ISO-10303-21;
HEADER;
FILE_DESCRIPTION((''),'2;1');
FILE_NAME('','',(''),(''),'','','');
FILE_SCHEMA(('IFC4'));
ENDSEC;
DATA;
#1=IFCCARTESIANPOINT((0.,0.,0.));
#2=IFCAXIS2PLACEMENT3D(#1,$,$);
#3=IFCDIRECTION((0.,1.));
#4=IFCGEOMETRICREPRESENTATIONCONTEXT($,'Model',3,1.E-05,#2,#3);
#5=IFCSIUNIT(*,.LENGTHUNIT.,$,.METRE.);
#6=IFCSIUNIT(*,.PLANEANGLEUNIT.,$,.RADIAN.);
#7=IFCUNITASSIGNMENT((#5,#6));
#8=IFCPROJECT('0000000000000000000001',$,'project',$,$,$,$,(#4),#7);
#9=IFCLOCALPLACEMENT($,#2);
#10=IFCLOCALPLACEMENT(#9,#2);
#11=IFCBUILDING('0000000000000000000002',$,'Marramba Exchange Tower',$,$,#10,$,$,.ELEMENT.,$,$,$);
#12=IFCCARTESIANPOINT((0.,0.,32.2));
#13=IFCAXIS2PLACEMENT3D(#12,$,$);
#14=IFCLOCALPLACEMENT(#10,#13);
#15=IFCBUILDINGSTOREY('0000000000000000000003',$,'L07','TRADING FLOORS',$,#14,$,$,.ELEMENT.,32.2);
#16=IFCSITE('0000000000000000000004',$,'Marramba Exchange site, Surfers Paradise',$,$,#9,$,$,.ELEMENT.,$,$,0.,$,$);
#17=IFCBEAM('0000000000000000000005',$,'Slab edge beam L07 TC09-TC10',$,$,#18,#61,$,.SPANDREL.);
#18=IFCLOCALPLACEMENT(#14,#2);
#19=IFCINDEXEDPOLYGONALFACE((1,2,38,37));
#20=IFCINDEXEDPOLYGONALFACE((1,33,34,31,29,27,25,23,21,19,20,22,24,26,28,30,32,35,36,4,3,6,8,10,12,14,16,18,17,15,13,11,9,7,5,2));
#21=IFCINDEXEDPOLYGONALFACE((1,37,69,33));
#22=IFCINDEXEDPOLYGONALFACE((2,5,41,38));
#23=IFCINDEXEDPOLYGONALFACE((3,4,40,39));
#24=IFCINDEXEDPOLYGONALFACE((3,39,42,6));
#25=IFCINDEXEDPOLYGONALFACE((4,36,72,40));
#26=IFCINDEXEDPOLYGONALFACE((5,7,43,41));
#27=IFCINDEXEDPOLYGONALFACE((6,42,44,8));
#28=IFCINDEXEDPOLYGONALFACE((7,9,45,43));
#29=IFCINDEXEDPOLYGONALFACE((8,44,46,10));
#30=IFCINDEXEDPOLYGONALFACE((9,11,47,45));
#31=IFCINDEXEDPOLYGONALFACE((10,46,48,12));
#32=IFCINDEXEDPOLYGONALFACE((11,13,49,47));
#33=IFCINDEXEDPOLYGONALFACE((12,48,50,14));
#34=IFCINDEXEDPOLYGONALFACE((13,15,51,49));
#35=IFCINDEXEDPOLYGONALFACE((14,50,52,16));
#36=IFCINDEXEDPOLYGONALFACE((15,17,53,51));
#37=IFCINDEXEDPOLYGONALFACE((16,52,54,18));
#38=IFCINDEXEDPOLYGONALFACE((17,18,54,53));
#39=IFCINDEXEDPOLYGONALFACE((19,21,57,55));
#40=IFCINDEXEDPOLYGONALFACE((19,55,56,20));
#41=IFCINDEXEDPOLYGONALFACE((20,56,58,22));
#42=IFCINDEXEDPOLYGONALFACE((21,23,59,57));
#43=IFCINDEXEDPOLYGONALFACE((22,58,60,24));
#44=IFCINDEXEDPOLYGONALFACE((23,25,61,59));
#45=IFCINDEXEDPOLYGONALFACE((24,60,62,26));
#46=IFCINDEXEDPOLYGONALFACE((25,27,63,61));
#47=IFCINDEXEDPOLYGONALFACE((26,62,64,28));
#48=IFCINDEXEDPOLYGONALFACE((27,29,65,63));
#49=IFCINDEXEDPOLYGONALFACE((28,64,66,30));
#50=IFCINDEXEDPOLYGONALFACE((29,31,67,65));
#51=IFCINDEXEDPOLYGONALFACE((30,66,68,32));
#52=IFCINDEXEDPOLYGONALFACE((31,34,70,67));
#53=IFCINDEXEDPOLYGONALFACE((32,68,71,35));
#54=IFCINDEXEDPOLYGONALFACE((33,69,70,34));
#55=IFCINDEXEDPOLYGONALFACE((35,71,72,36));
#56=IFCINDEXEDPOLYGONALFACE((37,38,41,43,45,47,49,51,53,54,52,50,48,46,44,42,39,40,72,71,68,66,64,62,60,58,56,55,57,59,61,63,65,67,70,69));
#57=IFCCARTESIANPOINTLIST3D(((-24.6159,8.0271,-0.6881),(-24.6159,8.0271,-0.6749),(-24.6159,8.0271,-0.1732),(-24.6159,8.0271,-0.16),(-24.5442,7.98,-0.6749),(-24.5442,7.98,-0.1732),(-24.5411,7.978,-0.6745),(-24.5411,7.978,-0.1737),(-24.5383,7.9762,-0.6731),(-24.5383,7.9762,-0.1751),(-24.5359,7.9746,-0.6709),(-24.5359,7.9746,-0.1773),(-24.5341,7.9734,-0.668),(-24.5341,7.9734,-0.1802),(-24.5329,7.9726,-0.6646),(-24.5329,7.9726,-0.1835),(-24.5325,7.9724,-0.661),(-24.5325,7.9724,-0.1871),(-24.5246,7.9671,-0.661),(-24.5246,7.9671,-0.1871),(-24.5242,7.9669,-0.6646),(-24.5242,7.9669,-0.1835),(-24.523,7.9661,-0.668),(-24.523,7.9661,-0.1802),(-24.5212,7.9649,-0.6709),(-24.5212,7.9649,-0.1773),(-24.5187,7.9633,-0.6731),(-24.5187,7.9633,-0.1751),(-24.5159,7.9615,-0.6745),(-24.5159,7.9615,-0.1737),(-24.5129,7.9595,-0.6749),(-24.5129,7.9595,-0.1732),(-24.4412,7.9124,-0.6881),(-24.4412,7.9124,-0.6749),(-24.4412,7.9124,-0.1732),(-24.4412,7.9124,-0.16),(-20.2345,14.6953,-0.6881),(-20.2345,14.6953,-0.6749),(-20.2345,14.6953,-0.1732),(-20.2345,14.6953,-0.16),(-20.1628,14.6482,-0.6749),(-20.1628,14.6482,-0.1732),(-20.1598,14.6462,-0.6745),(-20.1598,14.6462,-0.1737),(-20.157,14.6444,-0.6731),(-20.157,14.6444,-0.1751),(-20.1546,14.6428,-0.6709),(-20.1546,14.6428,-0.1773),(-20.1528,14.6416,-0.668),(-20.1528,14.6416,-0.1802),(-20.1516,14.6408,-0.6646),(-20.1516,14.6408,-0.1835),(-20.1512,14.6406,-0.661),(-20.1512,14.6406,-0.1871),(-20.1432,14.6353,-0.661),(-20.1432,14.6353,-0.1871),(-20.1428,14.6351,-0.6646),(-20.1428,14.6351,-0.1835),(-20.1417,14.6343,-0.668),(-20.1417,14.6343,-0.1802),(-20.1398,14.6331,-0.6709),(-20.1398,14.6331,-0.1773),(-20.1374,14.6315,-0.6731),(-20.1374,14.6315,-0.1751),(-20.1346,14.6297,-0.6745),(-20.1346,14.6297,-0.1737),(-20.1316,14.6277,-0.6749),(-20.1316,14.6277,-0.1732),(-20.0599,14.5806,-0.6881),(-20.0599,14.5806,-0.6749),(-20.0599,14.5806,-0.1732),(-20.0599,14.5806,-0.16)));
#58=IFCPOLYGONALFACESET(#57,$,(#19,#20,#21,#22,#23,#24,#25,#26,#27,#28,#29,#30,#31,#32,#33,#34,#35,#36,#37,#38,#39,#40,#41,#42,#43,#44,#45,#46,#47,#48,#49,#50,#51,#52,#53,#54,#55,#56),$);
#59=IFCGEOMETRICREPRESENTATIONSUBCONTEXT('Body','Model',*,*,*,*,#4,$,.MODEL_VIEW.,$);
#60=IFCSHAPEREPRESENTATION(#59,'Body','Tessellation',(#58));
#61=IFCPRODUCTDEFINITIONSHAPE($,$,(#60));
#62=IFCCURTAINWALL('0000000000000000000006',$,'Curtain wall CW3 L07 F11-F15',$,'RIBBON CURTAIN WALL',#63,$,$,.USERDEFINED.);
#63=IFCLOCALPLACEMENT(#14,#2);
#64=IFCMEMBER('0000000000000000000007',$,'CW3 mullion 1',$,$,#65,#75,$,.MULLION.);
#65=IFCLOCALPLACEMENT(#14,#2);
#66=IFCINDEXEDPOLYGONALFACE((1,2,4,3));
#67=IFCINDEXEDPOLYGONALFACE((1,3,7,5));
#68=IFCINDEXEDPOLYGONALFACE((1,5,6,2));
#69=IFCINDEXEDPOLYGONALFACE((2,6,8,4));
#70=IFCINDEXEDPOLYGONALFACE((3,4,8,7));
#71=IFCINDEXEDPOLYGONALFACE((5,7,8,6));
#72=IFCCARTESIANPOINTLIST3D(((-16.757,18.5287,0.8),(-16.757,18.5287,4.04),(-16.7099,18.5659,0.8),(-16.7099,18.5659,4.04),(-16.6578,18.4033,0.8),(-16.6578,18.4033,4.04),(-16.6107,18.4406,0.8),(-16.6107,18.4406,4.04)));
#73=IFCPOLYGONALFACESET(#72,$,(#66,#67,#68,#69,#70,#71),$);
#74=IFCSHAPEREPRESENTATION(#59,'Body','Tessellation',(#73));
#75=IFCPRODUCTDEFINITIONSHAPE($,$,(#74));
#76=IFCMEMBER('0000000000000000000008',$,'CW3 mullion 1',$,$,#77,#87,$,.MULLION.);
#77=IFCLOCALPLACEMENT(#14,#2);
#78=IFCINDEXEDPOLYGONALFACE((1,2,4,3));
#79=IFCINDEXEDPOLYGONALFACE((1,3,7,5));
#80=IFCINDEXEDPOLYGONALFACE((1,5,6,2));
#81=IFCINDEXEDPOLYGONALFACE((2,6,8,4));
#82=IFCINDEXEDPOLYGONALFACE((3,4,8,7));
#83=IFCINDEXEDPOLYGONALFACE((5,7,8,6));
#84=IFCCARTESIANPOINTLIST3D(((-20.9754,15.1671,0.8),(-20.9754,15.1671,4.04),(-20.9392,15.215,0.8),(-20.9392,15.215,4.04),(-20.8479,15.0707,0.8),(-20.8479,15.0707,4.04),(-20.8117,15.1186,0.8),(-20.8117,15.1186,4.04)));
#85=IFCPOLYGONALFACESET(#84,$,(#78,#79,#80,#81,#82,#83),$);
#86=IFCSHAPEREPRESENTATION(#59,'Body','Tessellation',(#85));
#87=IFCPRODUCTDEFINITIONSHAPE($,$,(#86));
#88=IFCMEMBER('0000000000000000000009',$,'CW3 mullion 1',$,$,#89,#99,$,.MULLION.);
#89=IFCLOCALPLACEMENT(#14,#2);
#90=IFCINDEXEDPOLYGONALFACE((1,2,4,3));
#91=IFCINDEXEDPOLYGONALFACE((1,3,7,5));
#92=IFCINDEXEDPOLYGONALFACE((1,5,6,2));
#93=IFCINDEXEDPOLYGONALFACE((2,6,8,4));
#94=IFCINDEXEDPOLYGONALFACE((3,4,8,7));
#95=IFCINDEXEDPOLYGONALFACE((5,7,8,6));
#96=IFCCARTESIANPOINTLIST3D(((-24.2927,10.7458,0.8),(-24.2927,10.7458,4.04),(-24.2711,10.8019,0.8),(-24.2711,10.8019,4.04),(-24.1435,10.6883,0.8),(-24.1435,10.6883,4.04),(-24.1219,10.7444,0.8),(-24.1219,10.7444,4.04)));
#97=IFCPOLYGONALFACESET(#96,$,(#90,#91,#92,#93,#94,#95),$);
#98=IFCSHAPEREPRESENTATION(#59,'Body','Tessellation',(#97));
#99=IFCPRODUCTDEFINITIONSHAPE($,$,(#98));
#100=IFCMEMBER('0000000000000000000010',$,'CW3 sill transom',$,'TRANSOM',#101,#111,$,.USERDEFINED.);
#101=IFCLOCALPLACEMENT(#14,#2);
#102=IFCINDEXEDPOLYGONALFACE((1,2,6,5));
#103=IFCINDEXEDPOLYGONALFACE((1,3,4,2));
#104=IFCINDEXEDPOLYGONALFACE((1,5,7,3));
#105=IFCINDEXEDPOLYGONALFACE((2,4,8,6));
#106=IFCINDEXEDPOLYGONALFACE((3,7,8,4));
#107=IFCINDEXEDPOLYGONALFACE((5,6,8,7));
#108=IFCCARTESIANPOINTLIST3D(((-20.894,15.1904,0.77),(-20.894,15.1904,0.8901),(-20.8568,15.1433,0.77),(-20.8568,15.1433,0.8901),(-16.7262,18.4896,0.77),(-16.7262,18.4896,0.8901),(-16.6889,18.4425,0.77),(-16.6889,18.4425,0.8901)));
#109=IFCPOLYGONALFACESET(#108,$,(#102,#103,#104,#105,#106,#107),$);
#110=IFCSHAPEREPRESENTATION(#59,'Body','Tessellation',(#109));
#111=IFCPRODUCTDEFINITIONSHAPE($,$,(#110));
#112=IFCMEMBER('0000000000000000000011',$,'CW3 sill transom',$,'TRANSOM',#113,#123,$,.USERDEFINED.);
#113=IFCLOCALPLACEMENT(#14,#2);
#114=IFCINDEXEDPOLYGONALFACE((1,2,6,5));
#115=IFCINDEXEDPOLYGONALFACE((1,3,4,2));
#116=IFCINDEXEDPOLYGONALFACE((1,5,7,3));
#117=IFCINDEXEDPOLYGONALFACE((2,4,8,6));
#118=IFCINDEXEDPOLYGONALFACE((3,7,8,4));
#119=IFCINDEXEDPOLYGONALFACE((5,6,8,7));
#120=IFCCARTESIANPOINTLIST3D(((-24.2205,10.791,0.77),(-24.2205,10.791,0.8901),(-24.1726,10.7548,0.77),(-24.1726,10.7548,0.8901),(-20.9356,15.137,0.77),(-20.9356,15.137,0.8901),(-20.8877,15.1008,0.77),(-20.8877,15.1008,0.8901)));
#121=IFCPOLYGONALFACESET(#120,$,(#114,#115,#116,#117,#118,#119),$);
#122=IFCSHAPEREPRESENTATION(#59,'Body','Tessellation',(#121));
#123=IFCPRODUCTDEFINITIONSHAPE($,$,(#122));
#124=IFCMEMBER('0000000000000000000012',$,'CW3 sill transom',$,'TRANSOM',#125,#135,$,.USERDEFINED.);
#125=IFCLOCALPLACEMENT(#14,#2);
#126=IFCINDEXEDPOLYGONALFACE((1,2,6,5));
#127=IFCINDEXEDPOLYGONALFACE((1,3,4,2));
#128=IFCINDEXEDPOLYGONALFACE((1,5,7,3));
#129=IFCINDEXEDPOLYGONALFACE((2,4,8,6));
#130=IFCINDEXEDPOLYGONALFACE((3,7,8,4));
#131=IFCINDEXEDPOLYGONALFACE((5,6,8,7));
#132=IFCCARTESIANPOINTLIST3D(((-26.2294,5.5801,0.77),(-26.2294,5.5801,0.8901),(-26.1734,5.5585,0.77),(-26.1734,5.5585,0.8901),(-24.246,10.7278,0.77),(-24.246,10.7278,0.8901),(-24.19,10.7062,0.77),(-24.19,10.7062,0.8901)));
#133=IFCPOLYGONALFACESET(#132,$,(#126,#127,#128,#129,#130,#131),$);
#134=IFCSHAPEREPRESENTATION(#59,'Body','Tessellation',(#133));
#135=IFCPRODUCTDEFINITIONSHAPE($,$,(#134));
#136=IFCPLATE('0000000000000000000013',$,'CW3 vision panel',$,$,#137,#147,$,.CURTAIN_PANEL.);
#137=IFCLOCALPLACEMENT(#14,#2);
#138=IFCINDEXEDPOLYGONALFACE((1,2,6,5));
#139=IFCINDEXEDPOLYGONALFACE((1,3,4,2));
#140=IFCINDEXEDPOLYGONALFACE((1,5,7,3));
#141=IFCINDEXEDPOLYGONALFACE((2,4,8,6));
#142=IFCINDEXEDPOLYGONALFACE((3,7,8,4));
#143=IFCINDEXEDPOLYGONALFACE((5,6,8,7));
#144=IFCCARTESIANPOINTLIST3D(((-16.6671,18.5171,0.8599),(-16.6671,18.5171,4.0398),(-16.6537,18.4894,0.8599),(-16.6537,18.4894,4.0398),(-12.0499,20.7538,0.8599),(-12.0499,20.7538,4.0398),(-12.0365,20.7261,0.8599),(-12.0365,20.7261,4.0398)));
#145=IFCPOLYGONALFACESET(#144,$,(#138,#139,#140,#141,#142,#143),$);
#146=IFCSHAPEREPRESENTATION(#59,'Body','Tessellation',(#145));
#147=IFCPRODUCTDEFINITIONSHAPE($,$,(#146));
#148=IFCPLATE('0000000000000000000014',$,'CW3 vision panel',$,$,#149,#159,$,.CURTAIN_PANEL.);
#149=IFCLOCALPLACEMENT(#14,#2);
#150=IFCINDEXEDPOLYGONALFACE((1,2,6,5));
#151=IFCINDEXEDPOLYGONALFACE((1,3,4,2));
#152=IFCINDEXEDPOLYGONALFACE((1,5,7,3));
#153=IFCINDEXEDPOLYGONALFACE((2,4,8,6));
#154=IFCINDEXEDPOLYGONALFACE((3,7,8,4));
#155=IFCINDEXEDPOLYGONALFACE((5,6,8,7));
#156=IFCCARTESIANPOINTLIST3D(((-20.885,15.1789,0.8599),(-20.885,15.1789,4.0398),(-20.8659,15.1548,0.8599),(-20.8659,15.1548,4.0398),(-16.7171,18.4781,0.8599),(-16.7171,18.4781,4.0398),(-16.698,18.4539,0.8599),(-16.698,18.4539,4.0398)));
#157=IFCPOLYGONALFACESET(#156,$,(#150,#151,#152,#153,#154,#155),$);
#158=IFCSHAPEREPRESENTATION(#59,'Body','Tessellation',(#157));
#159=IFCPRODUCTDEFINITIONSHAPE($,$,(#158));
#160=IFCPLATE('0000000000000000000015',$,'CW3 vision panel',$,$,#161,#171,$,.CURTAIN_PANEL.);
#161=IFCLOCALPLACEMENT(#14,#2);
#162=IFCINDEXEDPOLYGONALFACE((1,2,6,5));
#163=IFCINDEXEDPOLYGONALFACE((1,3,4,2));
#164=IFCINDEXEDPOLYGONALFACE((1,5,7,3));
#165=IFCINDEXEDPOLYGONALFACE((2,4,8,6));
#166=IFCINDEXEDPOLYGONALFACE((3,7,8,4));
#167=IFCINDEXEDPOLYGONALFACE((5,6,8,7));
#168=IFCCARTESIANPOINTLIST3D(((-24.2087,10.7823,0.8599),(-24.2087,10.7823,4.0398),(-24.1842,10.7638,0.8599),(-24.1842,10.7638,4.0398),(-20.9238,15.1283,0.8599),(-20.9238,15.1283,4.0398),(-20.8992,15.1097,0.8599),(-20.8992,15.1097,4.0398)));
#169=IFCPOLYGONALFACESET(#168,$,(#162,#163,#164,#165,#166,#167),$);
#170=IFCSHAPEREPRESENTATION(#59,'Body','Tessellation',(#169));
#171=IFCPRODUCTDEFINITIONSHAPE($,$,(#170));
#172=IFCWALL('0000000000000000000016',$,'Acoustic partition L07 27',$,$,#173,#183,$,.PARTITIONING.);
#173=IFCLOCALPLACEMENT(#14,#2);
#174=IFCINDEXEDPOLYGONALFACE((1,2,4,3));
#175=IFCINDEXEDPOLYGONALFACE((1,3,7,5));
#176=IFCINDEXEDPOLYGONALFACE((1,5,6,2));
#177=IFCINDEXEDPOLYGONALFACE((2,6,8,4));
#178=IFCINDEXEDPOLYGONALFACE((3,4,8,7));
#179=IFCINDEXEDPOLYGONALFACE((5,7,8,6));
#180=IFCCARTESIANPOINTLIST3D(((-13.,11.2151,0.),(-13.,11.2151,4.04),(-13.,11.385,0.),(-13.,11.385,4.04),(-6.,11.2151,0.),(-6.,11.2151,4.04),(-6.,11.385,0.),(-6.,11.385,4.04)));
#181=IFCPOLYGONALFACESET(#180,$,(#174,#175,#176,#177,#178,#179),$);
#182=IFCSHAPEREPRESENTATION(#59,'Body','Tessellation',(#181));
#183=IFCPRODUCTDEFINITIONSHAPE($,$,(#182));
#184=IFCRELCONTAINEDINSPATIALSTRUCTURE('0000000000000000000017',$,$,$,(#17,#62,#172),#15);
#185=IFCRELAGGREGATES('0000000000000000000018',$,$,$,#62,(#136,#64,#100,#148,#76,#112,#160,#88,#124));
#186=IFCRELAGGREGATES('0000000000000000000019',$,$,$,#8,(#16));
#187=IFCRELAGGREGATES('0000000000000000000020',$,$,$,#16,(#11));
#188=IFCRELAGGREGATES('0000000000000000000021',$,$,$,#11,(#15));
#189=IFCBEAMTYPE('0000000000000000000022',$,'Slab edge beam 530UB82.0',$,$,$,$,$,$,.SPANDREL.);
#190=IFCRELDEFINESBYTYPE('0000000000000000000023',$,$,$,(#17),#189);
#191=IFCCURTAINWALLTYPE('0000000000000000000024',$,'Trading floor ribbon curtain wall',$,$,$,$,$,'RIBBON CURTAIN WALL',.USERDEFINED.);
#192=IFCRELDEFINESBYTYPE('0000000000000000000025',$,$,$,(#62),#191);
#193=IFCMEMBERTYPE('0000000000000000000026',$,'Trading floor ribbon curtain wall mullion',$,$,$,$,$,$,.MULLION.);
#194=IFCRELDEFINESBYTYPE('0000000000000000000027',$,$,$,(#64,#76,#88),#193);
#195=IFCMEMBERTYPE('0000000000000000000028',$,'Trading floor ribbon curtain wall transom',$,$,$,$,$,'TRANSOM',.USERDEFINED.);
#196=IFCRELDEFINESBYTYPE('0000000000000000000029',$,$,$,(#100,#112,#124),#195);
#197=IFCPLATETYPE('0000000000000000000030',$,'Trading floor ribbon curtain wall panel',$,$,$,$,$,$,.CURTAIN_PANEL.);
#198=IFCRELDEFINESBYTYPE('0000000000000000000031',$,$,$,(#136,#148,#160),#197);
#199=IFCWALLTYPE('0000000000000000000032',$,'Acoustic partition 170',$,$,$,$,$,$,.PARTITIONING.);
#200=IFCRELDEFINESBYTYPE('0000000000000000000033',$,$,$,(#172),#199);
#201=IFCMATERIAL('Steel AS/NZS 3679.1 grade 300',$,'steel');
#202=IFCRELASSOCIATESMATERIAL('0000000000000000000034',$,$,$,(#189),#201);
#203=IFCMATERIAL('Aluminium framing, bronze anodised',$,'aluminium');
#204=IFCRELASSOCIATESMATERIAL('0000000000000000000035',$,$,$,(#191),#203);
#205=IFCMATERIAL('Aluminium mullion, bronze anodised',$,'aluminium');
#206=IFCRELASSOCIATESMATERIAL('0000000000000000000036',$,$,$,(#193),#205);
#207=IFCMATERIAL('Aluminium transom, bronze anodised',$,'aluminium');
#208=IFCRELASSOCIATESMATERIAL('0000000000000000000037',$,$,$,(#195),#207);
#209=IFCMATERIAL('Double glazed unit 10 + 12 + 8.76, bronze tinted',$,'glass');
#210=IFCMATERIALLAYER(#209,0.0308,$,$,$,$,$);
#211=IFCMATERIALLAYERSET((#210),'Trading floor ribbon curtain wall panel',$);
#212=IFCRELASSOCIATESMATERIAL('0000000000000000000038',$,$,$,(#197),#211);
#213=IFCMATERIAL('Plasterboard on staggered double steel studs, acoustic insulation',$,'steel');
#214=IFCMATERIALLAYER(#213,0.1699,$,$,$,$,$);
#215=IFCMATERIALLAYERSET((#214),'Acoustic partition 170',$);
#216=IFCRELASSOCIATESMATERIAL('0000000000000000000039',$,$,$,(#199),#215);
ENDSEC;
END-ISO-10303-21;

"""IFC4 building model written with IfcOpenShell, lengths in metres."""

from ifc_helpers import new_model, si_unit, direction, frame, frame_2d, origin, origin_2d, place, context, subcontext, project, spatial, rectangle, i_section, extrude, material, layer, layer_set, material_profile, profile_set, type_object, element, aggregate, save


model = new_model("IFC4")

# Units and contexts
model_context = context("Model", 3, precision=1e-05, world=origin(), true_north=direction((0.0, 1.0)))
body_context = subcontext(model_context, "Body", "Model", "MODEL_VIEW")
ifc_project = project(units=[si_unit("LENGTHUNIT", "METRE"), si_unit("PLANEANGLEUNIT", "RADIAN")], contexts=[model_context])

# Site, building, storey
site_placement = place(None, origin())
site = spatial("IfcSite", under=ifc_project, at=site_placement, Name="Marramba Exchange site, Surfers Paradise", CompositionType="ELEMENT", RefElevation=0.0)
building_placement = place(site_placement, origin())
building = spatial("IfcBuilding", under=site, at=building_placement, Name="Marramba Exchange Tower", CompositionType="ELEMENT")
storey_placement = place(building_placement, frame((0.0, 0.0, 32.2)))
storey = spatial("IfcBuildingStorey", under=building, at=storey_placement, Name="L07", Description="TRADING FLOORS", CompositionType="ELEMENT", Elevation=32.2)

# Beam
ifc_material_1 = material(Name="Steel AS/NZS 3679.1 grade 300", Category="steel")
ifc_material_profile_1 = material_profile(ifc_material_1, i_section(OverallWidth=0.209, OverallDepth=0.5281, WebThickness=0.0095, FlangeThickness=0.0132, FilletRadius=0.0139, at=origin_2d()), Name="530UB82.0")
ifc_profile_set_1 = profile_set([ifc_material_profile_1], Name="Steel AS/NZS 3679.1 grade 300")
beam_type_1 = type_object("IfcBeamType", Name="Slab edge beam 530UB82.0", PredefinedType="SPANDREL", material=ifc_profile_set_1)
beam_1_placement = place(storey_placement, frame((-20.1472, 14.6379, -0.4241), z_axis=(-0.549124, -0.835741, 0.0), x_axis=(0.835741, -0.549124, 0.0)))
element("IfcBeam", 1, at=beam_1_placement, inside=storey, type_object=beam_type_1, Name="Slab edge beam L07 TC09-TC10", PredefinedType="SPANDREL", context=body_context, shape_type="SweptSolid", body=[
    extrude(i_section(OverallWidth=0.209, OverallDepth=0.5281, WebThickness=0.0095, FlangeThickness=0.0132, FilletRadius=0.0139, at=origin_2d()), origin(), (0.0, 0.0, 1.0), 7.9788),
])

# Curtain wall, members, plates
ifc_material_2 = material(Name="Aluminium framing, bronze anodised", Category="aluminium")
curtain_wall_type = type_object("IfcCurtainWallType", Name="Trading floor ribbon curtain wall", ElementType="RIBBON CURTAIN WALL", PredefinedType="USERDEFINED", material=ifc_material_2)
curtain_wall_placement = place(storey_placement, origin())
curtain_wall = element("IfcCurtainWall", 2, at=curtain_wall_placement, inside=storey, type_object=curtain_wall_type, Name="Curtain wall CW3 L07 F11-F15", ObjectType="RIBBON CURTAIN WALL", PredefinedType="USERDEFINED")
ifc_material_3 = material(Name="Aluminium mullion, bronze anodised", Category="aluminium")
ifc_material_profile_2 = material_profile(ifc_material_3, rectangle(XDim=0.1599, YDim=0.0601, at=origin_2d()), Name="CW3 mullion 60x160")
ifc_profile_set_2 = profile_set([ifc_material_profile_2], Name="Aluminium mullion, bronze anodised")
member_type_1 = type_object("IfcMemberType", Name="Trading floor ribbon curtain wall mullion", PredefinedType="MULLION", material=ifc_profile_set_2)
member_1_placement = place(storey_placement, frame((-16.6838, 18.4846, 0.8), z_axis=(0.0, 0.0, 1.0), x_axis=(0.62065, -0.784088, 0.0)))
member_1 = element("IfcMember", 3, at=member_1_placement, type_object=member_type_1, Name="CW3 mullion 1", PredefinedType="MULLION", context=body_context, shape_type="SweptSolid", body=[
    extrude(rectangle(XDim=0.1599, YDim=0.0601, at=origin_2d()), origin(), (0.0, 0.0, 1.0), 3.24),
])
member_2_placement = place(storey_placement, frame((-20.8936, 15.1428, 0.8), z_axis=(0.0, 0.0, 1.0), x_axis=(0.797749, -0.60299, 0.0)))
member_2 = element("IfcMember", 4, at=member_2_placement, type_object=member_type_1, Name="CW3 mullion 1", PredefinedType="MULLION", context=body_context, shape_type="SweptSolid", body=[
    extrude(rectangle(XDim=0.1599, YDim=0.0601, at=origin_2d()), origin(), (0.0, 0.0, 1.0), 3.24),
])
member_3_placement = place(storey_placement, frame((-24.2073, 10.7451, 0.8), z_axis=(0.0, 0.0, 1.0), x_axis=(0.933135, -0.359526, 0.0)))
member_3 = element("IfcMember", 5, at=member_3_placement, type_object=member_type_1, Name="CW3 mullion 1", PredefinedType="MULLION", context=body_context, shape_type="SweptSolid", body=[
    extrude(rectangle(XDim=0.1599, YDim=0.0601, at=origin_2d()), origin(), (0.0, 0.0, 1.0), 3.24),
])
ifc_material_4 = material(Name="Aluminium transom, bronze anodised", Category="aluminium")
ifc_material_profile_3 = material_profile(ifc_material_4, rectangle(XDim=0.0601, YDim=0.1201, at=origin_2d()), Name="CW3 transom 60x120")
ifc_profile_set_3 = profile_set([ifc_material_profile_3], Name="Aluminium transom, bronze anodised")
member_type_2 = type_object("IfcMemberType", Name="Trading floor ribbon curtain wall transom", ElementType="TRANSOM", PredefinedType="USERDEFINED", material=ifc_profile_set_3)
member_4_placement = place(storey_placement, frame((-16.7075, 18.4661, 0.8301), z_axis=(-0.784076, -0.620665, 0.0), x_axis=(0.620665, -0.784076, 0.0)))
member_4 = element("IfcMember", 6, at=member_4_placement, type_object=member_type_2, Name="CW3 sill transom", ObjectType="TRANSOM", PredefinedType="USERDEFINED", context=body_context, shape_type="SweptSolid", body=[
    extrude(rectangle(XDim=0.0601, YDim=0.1201, at=origin_2d()), origin(), (0.0, 0.0, 1.0), 5.3157),
])
member_5_placement = place(storey_placement, frame((-20.9116, 15.1189, 0.8301), z_axis=(-0.602986, -0.797752, 0.0), x_axis=(0.797752, -0.602986, 0.0)))
member_5 = element("IfcMember", 7, at=member_5_placement, type_object=member_type_2, Name="CW3 sill transom", ObjectType="TRANSOM", PredefinedType="USERDEFINED", context=body_context, shape_type="SweptSolid", body=[
    extrude(rectangle(XDim=0.0601, YDim=0.1201, at=origin_2d()), origin(), (0.0, 0.0, 1.0), 5.4478),
])
member_6_placement = place(storey_placement, frame((-24.218, 10.717, 0.8301), z_axis=(-0.359534, -0.933132, 0.0), x_axis=(0.933132, -0.359534, 0.0)))
member_6 = element("IfcMember", 8, at=member_6_placement, type_object=member_type_2, Name="CW3 sill transom", ObjectType="TRANSOM", PredefinedType="USERDEFINED", context=body_context, shape_type="SweptSolid", body=[
    extrude(rectangle(XDim=0.0601, YDim=0.1201, at=origin_2d()), origin(), (0.0, 0.0, 1.0), 5.5166),
])
ifc_material_5 = material(Name="Double glazed unit 10 + 12 + 8.76, bronze tinted", Category="glass")
ifc_layer_1 = layer(ifc_material_5, 0.0308)
ifc_layer_set_1 = layer_set([ifc_layer_1], Name="Trading floor ribbon curtain wall panel")
plate_type = type_object("IfcPlateType", Name="Trading floor ribbon curtain wall panel", PredefinedType="CURTAIN_PANEL", material=ifc_layer_set_1)
plate_1_placement = place(storey_placement, frame((-14.3518, 19.6216, 0.8599), z_axis=(0.0, 0.0, 1.0), x_axis=(-0.899963, -0.435965, 0.0)))
plate_1 = element("IfcPlate", 9, at=plate_1_placement, type_object=plate_type, Name="CW3 vision panel", PredefinedType="CURTAIN_PANEL", context=body_context, shape_type="SweptSolid", body=[
    extrude(rectangle(XDim=5.1304, YDim=0.0308, at=origin_2d()), origin(), (0.0, 0.0, 1.0), 3.1799),
])
plate_2_placement = place(storey_placement, frame((-18.7915, 16.8164, 0.8599), z_axis=(0.0, 0.0, 1.0), x_axis=(-0.784088, -0.62065, 0.0)))
plate_2 = element("IfcPlate", 10, at=plate_2_placement, type_object=plate_type, Name="CW3 vision panel", PredefinedType="CURTAIN_PANEL", context=body_context, shape_type="SweptSolid", body=[
    extrude(rectangle(XDim=5.3157, YDim=0.0308, at=origin_2d()), origin(), (0.0, 0.0, 1.0), 3.1799),
])
plate_3_placement = place(storey_placement, frame((-22.554, 12.946, 0.8599), z_axis=(0.0, 0.0, 1.0), x_axis=(-0.60299, -0.797749, 0.0)))
plate_3 = element("IfcPlate", 11, at=plate_3_placement, type_object=plate_type, Name="CW3 vision panel", PredefinedType="CURTAIN_PANEL", context=body_context, shape_type="SweptSolid", body=[
    extrude(rectangle(XDim=5.4478, YDim=0.0308, at=origin_2d()), origin(), (0.0, 0.0, 1.0), 3.1799),
])
aggregate(curtain_wall, [plate_1, member_1, member_4, plate_2, member_2, member_5, plate_3, member_3, member_6])

# Wall
ifc_material_6 = material(Name="Plasterboard on staggered double steel studs, acoustic insulation", Category="steel")
ifc_layer_2 = layer(ifc_material_6, 0.1699)
ifc_layer_set_2 = layer_set([ifc_layer_2], Name="Acoustic partition 170")
wall_type_1 = type_object("IfcWallType", Name="Acoustic partition 170", PredefinedType="PARTITIONING", material=ifc_layer_set_2)
wall_1_placement = place(storey_placement, frame((-13.0, 11.3, 0.0), z_axis=(0.0, 0.0, 1.0), x_axis=(1.0, 0.0, 0.0)))
element("IfcWall", 12, at=wall_1_placement, inside=storey, type_object=wall_type_1, Name="Acoustic partition L07 27", PredefinedType="PARTITIONING", context=body_context, shape_type="SweptSolid", body=[
    extrude(rectangle(XDim=7.0, YDim=0.1699, at=frame_2d((3.5, 0.0))), origin(), (0.0, 0.0, 1.0), 4.04),
])

save(model, "model.ifc")
